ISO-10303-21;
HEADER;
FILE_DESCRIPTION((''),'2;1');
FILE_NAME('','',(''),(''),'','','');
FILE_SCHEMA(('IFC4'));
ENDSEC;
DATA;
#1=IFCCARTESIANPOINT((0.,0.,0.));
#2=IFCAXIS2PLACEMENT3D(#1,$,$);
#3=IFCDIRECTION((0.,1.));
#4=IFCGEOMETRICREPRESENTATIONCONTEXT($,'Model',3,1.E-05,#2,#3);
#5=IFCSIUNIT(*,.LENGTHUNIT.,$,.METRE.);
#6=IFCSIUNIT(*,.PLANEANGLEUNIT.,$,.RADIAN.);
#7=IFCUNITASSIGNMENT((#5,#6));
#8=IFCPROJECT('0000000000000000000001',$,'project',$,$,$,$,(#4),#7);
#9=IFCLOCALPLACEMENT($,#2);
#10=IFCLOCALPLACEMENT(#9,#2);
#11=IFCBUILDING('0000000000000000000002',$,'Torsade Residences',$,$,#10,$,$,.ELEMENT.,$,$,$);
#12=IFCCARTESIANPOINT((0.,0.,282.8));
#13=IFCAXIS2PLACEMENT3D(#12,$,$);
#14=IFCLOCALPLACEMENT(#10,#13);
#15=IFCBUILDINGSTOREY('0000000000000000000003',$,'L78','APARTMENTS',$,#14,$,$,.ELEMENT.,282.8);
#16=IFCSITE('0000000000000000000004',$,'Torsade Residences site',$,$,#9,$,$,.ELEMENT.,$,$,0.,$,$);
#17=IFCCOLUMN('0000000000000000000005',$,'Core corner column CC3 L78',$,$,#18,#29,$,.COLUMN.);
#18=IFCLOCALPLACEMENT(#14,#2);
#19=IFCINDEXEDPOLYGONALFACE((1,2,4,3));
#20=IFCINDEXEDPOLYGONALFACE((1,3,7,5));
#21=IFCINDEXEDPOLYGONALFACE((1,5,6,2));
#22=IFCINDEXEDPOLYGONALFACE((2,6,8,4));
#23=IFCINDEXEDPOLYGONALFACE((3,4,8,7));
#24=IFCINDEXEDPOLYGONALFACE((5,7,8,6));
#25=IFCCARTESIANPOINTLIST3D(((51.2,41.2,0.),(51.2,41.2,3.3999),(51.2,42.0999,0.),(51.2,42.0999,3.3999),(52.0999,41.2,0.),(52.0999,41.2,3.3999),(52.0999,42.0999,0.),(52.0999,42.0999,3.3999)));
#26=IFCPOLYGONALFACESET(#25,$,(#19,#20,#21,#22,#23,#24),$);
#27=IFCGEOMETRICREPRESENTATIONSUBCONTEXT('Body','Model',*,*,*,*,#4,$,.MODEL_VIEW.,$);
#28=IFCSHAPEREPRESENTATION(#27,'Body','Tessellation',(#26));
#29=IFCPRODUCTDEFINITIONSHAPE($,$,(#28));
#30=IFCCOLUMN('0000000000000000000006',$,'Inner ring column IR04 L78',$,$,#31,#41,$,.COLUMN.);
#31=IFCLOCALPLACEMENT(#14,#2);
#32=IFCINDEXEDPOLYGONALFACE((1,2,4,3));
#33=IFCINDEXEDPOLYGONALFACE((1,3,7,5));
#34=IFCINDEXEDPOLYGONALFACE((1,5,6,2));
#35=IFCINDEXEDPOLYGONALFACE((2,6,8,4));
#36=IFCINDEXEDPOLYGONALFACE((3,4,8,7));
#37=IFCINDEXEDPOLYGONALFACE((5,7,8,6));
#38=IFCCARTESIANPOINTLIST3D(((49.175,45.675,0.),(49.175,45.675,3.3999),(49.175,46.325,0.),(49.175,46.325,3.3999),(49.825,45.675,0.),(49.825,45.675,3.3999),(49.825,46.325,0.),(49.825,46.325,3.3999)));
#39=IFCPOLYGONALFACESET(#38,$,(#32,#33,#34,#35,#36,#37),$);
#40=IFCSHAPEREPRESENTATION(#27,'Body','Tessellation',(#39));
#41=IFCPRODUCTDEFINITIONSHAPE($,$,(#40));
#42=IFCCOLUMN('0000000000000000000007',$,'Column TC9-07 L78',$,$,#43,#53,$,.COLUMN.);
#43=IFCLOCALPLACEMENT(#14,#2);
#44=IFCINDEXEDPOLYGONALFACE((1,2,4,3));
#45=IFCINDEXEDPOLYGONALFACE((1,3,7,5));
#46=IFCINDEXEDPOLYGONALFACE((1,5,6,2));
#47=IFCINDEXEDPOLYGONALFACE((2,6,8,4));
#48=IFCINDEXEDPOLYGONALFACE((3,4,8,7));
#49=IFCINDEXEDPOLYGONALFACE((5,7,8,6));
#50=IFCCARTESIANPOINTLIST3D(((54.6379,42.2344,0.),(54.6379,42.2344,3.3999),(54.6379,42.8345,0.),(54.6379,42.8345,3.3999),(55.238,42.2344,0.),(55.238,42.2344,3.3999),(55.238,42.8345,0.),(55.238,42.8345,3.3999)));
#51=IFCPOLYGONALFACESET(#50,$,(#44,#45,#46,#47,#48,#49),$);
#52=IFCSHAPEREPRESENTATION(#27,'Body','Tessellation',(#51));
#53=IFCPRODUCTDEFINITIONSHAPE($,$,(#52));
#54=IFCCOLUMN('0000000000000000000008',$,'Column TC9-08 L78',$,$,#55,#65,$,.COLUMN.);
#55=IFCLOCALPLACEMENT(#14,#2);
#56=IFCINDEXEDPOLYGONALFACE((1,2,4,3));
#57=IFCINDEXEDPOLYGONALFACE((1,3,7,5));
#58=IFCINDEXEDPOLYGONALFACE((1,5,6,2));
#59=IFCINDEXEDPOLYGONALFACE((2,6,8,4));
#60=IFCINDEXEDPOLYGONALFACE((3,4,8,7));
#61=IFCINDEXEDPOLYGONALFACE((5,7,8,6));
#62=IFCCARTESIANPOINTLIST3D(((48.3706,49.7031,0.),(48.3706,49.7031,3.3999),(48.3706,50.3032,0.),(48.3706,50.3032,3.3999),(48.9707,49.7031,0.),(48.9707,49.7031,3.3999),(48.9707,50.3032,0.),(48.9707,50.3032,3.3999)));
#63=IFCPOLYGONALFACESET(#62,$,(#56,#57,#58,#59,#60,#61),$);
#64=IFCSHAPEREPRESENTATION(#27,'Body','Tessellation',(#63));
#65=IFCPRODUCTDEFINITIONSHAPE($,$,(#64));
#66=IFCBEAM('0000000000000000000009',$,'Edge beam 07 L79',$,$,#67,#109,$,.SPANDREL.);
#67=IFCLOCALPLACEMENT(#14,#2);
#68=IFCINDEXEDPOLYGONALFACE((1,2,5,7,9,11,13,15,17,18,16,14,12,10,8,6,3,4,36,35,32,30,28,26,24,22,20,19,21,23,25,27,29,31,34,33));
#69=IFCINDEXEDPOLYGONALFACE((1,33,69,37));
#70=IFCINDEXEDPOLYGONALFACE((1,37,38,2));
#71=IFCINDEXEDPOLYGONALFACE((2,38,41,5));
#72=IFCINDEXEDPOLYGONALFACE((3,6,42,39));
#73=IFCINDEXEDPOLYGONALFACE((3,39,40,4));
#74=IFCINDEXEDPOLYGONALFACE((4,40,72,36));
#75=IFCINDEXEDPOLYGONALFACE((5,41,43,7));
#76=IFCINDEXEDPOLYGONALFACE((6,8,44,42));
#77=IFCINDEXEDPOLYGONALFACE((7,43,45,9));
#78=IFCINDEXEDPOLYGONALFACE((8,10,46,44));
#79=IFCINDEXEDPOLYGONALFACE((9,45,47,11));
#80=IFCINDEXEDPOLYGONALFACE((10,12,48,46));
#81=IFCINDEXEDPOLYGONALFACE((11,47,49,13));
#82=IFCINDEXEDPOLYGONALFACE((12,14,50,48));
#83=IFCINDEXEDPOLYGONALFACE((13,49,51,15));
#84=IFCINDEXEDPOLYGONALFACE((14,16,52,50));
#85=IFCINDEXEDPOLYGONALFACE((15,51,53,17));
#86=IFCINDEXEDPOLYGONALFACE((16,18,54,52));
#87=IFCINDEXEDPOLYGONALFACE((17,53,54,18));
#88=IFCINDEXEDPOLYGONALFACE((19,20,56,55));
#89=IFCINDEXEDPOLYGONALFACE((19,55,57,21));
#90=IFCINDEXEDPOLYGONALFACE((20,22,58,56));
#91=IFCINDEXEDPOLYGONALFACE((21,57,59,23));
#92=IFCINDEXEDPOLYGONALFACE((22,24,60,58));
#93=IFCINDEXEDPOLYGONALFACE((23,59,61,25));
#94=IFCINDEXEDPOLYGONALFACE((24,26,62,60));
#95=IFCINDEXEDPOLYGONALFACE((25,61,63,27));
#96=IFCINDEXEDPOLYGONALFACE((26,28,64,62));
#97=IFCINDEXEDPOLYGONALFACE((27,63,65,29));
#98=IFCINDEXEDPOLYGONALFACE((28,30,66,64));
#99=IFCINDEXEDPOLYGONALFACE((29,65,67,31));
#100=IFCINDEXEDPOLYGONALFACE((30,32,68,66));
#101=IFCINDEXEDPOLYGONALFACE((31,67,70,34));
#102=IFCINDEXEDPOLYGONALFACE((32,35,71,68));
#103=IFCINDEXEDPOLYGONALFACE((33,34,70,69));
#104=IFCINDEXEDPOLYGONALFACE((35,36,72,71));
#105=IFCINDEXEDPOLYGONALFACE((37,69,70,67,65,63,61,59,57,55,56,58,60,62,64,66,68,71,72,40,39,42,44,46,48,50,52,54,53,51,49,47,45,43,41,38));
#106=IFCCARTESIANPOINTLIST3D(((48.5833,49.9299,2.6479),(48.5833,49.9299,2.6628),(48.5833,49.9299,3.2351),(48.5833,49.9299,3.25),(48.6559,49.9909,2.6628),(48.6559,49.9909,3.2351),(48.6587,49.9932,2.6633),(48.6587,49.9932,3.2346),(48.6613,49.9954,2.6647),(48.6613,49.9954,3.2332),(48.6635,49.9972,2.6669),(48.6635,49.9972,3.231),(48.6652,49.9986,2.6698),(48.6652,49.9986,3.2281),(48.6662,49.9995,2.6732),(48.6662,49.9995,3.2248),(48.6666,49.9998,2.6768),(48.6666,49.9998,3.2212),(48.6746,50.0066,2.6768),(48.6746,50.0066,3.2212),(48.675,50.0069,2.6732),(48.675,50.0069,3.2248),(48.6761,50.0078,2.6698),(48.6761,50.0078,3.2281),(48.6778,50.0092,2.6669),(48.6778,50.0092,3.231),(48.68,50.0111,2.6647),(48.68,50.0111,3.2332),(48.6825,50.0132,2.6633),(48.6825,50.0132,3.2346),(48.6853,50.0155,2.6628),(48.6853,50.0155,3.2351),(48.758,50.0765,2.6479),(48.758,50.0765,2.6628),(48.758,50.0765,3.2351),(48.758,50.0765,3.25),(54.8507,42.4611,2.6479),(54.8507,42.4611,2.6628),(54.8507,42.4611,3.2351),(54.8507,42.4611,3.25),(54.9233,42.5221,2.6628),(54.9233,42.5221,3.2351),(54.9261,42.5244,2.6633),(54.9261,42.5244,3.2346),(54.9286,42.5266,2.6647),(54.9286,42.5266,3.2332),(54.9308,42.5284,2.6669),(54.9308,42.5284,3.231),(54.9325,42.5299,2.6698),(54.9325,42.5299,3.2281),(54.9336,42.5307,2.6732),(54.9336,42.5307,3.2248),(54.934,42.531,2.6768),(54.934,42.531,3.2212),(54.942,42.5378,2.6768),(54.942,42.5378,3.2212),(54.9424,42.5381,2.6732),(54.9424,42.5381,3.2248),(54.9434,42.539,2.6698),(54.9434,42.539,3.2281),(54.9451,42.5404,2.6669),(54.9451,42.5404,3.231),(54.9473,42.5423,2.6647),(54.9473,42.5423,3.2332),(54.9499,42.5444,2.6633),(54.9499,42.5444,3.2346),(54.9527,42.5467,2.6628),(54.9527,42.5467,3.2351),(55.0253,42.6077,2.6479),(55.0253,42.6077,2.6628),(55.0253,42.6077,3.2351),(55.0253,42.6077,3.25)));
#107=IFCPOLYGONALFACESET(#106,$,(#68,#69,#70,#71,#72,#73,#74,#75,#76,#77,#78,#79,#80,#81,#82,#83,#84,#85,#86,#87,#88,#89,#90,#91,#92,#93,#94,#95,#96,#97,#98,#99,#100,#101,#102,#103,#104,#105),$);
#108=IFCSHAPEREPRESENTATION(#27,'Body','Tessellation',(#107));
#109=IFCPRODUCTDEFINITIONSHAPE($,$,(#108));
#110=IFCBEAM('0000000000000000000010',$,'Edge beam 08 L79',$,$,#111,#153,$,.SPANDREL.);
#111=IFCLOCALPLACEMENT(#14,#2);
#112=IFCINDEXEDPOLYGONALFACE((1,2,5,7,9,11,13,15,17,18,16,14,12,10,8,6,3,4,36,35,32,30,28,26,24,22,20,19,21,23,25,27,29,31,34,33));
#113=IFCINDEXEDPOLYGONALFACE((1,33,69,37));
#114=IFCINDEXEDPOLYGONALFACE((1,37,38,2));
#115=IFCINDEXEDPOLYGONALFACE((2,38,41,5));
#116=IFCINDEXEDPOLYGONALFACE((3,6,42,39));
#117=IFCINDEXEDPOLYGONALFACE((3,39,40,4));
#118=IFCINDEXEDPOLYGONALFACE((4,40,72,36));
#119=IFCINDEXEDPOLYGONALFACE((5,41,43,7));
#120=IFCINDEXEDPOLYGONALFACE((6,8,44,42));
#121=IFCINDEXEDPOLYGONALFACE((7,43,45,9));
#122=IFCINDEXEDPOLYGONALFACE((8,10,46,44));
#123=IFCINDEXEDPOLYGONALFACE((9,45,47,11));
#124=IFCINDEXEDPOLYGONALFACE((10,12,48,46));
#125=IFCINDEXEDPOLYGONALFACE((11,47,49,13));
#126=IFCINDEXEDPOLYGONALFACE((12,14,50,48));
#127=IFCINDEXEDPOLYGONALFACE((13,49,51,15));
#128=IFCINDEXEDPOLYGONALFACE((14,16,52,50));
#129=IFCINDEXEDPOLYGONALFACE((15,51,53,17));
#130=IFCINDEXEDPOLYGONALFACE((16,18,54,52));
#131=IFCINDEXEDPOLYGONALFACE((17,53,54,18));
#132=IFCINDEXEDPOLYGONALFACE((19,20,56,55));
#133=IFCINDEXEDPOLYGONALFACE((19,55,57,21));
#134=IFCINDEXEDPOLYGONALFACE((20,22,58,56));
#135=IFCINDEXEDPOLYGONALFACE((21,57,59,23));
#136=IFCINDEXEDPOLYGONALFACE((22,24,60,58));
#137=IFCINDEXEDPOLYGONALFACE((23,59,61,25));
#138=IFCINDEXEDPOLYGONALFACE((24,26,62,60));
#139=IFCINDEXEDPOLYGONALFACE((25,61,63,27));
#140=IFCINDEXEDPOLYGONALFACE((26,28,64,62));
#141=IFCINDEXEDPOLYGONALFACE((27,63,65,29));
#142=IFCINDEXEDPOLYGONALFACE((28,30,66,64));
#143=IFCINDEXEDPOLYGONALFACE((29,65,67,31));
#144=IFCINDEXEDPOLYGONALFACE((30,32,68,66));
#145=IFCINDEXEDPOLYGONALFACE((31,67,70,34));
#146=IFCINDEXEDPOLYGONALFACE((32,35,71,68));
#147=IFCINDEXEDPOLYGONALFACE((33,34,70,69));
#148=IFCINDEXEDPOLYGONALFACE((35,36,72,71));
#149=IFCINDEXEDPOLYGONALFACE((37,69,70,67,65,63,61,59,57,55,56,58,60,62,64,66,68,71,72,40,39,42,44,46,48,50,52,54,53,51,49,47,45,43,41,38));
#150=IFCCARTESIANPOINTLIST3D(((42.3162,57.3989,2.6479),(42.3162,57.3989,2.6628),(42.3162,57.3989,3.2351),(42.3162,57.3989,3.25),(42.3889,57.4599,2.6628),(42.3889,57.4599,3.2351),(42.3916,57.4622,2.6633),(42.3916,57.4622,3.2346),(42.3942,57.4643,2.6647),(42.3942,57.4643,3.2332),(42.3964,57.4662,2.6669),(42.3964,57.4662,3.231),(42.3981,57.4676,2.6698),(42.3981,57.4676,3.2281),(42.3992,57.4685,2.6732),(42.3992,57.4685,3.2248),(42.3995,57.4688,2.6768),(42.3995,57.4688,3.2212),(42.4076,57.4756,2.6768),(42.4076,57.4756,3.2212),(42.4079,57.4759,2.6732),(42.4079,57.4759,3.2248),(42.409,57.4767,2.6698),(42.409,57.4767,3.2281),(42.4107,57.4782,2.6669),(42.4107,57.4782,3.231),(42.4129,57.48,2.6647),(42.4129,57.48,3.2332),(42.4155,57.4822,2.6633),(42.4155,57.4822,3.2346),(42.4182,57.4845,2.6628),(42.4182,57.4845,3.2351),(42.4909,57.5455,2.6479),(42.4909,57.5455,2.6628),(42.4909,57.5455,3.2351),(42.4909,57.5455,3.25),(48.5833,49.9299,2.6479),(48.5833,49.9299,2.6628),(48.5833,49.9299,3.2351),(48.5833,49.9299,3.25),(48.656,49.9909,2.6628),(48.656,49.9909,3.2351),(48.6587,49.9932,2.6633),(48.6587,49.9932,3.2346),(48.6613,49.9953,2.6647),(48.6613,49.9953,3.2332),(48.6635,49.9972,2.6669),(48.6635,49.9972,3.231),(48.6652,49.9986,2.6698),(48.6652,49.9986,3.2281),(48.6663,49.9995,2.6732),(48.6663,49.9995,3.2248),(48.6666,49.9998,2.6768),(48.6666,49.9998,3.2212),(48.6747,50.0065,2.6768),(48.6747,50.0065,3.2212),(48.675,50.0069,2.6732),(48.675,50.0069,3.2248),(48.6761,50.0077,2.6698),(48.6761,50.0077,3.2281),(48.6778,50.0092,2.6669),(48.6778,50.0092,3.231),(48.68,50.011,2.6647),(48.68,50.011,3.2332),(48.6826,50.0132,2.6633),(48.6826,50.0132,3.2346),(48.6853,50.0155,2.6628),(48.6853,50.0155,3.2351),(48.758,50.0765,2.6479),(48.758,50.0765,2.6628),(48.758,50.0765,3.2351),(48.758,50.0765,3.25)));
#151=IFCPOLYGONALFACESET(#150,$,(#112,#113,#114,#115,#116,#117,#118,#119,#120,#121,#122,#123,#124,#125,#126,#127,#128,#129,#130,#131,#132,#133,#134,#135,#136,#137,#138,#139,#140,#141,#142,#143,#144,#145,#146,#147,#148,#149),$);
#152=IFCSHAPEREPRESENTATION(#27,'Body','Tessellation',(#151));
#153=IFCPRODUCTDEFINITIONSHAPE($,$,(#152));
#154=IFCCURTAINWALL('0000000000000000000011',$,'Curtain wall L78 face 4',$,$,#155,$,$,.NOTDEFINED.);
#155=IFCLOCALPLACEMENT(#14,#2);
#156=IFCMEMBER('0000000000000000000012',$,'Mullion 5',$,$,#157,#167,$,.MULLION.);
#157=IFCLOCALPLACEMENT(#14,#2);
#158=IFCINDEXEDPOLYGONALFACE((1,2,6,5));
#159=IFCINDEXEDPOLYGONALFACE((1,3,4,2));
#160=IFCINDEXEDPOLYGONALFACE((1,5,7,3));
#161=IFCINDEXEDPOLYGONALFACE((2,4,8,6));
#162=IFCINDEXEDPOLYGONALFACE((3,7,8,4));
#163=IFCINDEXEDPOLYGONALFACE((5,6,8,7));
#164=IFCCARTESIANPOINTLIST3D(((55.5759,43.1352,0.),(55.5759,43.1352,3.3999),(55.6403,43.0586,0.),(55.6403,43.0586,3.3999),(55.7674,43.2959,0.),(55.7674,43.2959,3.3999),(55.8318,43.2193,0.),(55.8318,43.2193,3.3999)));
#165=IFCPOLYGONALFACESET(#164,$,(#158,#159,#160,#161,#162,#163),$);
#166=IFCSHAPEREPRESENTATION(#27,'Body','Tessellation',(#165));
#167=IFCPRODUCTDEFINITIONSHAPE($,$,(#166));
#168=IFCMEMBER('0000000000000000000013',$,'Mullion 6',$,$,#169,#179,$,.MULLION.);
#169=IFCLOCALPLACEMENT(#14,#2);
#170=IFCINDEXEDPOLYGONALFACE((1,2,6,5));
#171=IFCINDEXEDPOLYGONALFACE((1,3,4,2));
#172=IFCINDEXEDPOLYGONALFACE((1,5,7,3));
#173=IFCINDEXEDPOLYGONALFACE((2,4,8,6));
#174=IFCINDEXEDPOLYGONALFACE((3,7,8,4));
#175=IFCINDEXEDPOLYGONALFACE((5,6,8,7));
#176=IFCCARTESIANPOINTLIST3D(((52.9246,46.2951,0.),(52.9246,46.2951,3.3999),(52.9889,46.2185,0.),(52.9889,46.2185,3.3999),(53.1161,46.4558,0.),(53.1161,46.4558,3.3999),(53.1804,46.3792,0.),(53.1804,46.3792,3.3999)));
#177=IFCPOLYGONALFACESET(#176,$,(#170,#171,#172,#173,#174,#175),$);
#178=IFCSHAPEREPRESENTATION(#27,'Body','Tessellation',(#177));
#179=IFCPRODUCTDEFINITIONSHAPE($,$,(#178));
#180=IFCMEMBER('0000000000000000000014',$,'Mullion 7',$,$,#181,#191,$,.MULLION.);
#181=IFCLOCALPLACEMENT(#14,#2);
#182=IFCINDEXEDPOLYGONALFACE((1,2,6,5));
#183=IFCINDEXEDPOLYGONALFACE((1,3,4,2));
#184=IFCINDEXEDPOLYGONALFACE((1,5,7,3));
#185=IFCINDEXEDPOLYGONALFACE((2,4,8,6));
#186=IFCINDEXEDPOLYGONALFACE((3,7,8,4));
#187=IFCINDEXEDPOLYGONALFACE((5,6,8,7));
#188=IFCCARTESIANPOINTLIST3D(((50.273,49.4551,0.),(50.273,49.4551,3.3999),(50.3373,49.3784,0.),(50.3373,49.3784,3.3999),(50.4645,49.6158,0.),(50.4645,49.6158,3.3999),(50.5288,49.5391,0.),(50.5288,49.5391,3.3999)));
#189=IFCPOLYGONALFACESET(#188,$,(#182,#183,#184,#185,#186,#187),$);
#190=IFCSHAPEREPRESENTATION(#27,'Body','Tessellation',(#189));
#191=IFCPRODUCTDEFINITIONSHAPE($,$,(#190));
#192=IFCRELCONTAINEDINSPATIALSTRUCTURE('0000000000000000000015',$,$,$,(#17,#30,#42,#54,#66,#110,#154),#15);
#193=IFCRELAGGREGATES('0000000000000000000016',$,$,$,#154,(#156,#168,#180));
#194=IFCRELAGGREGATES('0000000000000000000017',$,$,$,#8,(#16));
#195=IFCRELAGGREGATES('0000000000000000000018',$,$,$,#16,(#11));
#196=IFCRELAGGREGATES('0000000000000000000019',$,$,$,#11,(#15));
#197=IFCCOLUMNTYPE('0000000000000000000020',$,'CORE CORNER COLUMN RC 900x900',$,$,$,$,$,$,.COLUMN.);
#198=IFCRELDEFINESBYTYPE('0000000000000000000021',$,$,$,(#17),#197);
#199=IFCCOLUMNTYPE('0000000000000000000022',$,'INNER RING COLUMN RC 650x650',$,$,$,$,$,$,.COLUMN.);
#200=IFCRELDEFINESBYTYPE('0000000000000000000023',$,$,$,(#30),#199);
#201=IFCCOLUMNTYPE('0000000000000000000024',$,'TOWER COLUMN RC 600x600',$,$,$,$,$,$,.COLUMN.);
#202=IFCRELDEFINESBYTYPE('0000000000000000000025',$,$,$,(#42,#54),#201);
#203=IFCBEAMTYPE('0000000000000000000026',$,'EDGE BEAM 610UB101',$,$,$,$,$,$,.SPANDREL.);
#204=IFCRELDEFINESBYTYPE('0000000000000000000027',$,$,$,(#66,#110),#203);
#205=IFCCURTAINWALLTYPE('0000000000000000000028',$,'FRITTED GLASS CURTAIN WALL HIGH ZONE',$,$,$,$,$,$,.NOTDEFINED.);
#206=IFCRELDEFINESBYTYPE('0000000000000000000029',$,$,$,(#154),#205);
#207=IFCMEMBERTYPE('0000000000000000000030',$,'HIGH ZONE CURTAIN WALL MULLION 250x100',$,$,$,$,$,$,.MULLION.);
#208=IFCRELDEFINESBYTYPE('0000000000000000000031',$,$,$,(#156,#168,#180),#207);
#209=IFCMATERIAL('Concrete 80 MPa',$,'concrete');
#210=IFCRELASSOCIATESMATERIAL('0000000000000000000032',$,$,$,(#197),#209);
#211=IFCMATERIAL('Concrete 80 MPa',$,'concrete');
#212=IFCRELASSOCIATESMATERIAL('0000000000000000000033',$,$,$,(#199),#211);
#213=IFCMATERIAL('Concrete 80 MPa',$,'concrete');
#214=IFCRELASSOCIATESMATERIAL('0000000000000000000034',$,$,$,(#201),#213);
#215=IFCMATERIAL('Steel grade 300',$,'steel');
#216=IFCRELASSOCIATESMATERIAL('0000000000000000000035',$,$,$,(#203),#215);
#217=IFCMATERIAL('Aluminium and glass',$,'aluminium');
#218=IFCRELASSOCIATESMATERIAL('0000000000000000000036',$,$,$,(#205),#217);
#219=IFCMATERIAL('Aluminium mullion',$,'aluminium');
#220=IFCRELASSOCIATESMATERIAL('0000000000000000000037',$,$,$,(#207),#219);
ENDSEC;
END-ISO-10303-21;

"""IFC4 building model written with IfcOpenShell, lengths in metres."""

from ifc_helpers import new_model, si_unit, direction, frame, origin, origin_2d, place, context, subcontext, project, spatial, rectangle, i_section, extrude, material, material_profile, profile_set, type_object, element, aggregate, save


model = new_model("IFC4")

# Units and contexts
model_context = context("Model", 3, precision=1e-05, world=origin(), true_north=direction((0.0, 1.0)))
body_context = subcontext(model_context, "Body", "Model", "MODEL_VIEW")
ifc_project = project(units=[si_unit("LENGTHUNIT", "METRE"), si_unit("PLANEANGLEUNIT", "RADIAN")], contexts=[model_context])

# Site, building, storey
site_placement = place(None, origin())
site = spatial("IfcSite", under=ifc_project, at=site_placement, Name="Torsade Residences site", CompositionType="ELEMENT", RefElevation=0.0)
building_placement = place(site_placement, origin())
building = spatial("IfcBuilding", under=site, at=building_placement, Name="Torsade Residences", CompositionType="ELEMENT")
storey_placement = place(building_placement, frame((0.0, 0.0, 282.8)))
storey = spatial("IfcBuildingStorey", under=building, at=storey_placement, Name="L78", Description="APARTMENTS", CompositionType="ELEMENT", Elevation=282.8)

# Columns
ifc_material_1 = material(Name="Concrete 80 MPa", Category="concrete")
ifc_material_profile_1 = material_profile(ifc_material_1, rectangle(XDim=0.8999, YDim=0.8999, at=origin_2d()), Name="RC 900x900")
ifc_profile_set_1 = profile_set([ifc_material_profile_1], Name="Concrete 80 MPa")
column_type_1 = type_object("IfcColumnType", Name="CORE CORNER COLUMN RC 900x900", PredefinedType="COLUMN", material=ifc_profile_set_1)
column_1_placement = place(storey_placement, frame((51.6499, 41.6499, 0.0), z_axis=(0.0, 0.0, 1.0), x_axis=(1.0, 0.0, 0.0)))
element("IfcColumn", 1, at=column_1_placement, inside=storey, type_object=column_type_1, Name="Core corner column CC3 L78", PredefinedType="COLUMN", context=body_context, shape_type="SweptSolid", body=[
    extrude(rectangle(XDim=0.8999, YDim=0.8999, at=origin_2d()), origin(), (0.0, 0.0, 1.0), 3.3999),
])
ifc_material_2 = material(Name="Concrete 80 MPa", Category="concrete")
ifc_material_profile_2 = material_profile(ifc_material_2, rectangle(XDim=0.6499, YDim=0.6499, at=origin_2d()), Name="RC 650x650")
ifc_profile_set_2 = profile_set([ifc_material_profile_2], Name="Concrete 80 MPa")
column_type_2 = type_object("IfcColumnType", Name="INNER RING COLUMN RC 650x650", PredefinedType="COLUMN", material=ifc_profile_set_2)
column_2_placement = place(storey_placement, frame((49.5, 46.0, 0.0), z_axis=(0.0, 0.0, 1.0), x_axis=(1.0, 0.0, 0.0)))
element("IfcColumn", 2, at=column_2_placement, inside=storey, type_object=column_type_2, Name="Inner ring column IR04 L78", PredefinedType="COLUMN", context=body_context, shape_type="SweptSolid", body=[
    extrude(rectangle(XDim=0.6499, YDim=0.6499, at=origin_2d()), origin(), (0.0, 0.0, 1.0), 3.3999),
])
ifc_material_3 = material(Name="Concrete 80 MPa", Category="concrete")
ifc_material_profile_3 = material_profile(ifc_material_3, rectangle(XDim=0.6001, YDim=0.6001, at=origin_2d()), Name="RC 600x600")
ifc_profile_set_3 = profile_set([ifc_material_profile_3], Name="Concrete 80 MPa")
column_type_3 = type_object("IfcColumnType", Name="TOWER COLUMN RC 600x600", PredefinedType="COLUMN", material=ifc_profile_set_3)
for number, where, z_axis, x_axis, name in (
    (3, (54.938, 42.5344, 0.0), (0.0, 0.0, 1.0), (1.0, 0.0, 0.0), "Column TC9-07 L78"),
    (4, (48.6707, 50.0032, 0.0), (0.0, 0.0, 1.0), (1.0, 0.0, 0.0), "Column TC9-08 L78"),
):
    element("IfcColumn", number, at=place(storey_placement, frame(where, z_axis=z_axis, x_axis=x_axis)), inside=storey, type_object=column_type_3, Name=name, PredefinedType="COLUMN", context=body_context, shape_type="SweptSolid", body=[
        extrude(rectangle(XDim=0.6001, YDim=0.6001, at=origin_2d()), origin(), (0.0, 0.0, 1.0), 3.3999),
    ])

# Beams
ifc_material_4 = material(Name="Steel grade 300", Category="steel")
ifc_material_profile_4 = material_profile(ifc_material_4, i_section(OverallWidth=0.228, OverallDepth=0.6021, WebThickness=0.0105, FlangeThickness=0.0149, FilletRadius=0.0139, at=origin_2d()), Name="610UB101")
ifc_profile_set_4 = profile_set([ifc_material_profile_4], Name="Steel grade 300")
beam_type_1 = type_object("IfcBeamType", Name="EDGE BEAM 610UB101", PredefinedType="SPANDREL", material=ifc_profile_set_4)
for number, where, z_axis, x_axis, name in (
    (5, (54.938, 42.5344, 2.949), (-0.642806, 0.766029, 0.0), (-0.766029, -0.642806, 0.0), "Edge beam 07 L79"),
    (6, (48.6707, 50.0032, 2.949), (-0.642779, 0.766052, 0.0), (-0.766052, -0.642779, 0.0), "Edge beam 08 L79"),
):
    element("IfcBeam", number, at=place(storey_placement, frame(where, z_axis=z_axis, x_axis=x_axis)), inside=storey, type_object=beam_type_1, Name=name, PredefinedType="SPANDREL", context=body_context, shape_type="SweptSolid", body=[
        extrude(i_section(OverallWidth=0.228, OverallDepth=0.6021, WebThickness=0.0105, FlangeThickness=0.0149, FilletRadius=0.0139, at=origin_2d()), origin(), (0.0, 0.0, 1.0), 9.75),
    ])

# Curtain wall, members
ifc_material_5 = material(Name="Aluminium and glass", Category="aluminium")
curtain_wall_type = type_object("IfcCurtainWallType", Name="FRITTED GLASS CURTAIN WALL HIGH ZONE", PredefinedType="NOTDEFINED", material=ifc_material_5)
curtain_wall_placement = place(storey_placement, origin())
curtain_wall = element("IfcCurtainWall", 7, at=curtain_wall_placement, inside=storey, type_object=curtain_wall_type, Name="Curtain wall L78 face 4", PredefinedType="NOTDEFINED")
ifc_material_6 = material(Name="Aluminium mullion", Category="aluminium")
ifc_material_profile_5 = material_profile(ifc_material_6, rectangle(XDim=0.25, YDim=0.1001, at=origin_2d()), Name="HIGH ZONE CURTAIN WALL MULLION 250x100")
ifc_profile_set_5 = profile_set([ifc_material_profile_5], Name="Aluminium mullion")
member_type_1 = type_object("IfcMemberType", Name="HIGH ZONE CURTAIN WALL MULLION 250x100", PredefinedType="MULLION", material=ifc_profile_set_5)
member_1_placement = place(storey_placement, frame((55.7039, 43.1772, 0.0), z_axis=(0.0, 0.0, 1.0), x_axis=(-0.766044, -0.642788, 0.0)))
member_1 = element("IfcMember", 8, at=member_1_placement, type_object=member_type_1, Name="Mullion 5", PredefinedType="MULLION", context=body_context, shape_type="SweptSolid", body=[
    extrude(rectangle(XDim=0.25, YDim=0.1001, at=origin_2d()), origin(), (0.0, 0.0, 1.0), 3.3999),
])
member_2_placement = place(storey_placement, frame((53.0525, 46.3372, 0.0), z_axis=(0.0, 0.0, 1.0), x_axis=(-0.766044, -0.642788, 0.0)))
member_2 = element("IfcMember", 9, at=member_2_placement, type_object=member_type_1, Name="Mullion 6", PredefinedType="MULLION", context=body_context, shape_type="SweptSolid", body=[
    extrude(rectangle(XDim=0.25, YDim=0.1001, at=origin_2d()), origin(), (0.0, 0.0, 1.0), 3.3999),
])
member_3_placement = place(storey_placement, frame((50.4009, 49.4971, 0.0), z_axis=(0.0, 0.0, 1.0), x_axis=(-0.766044, -0.642788, 0.0)))
member_3 = element("IfcMember", 10, at=member_3_placement, type_object=member_type_1, Name="Mullion 7", PredefinedType="MULLION", context=body_context, shape_type="SweptSolid", body=[
    extrude(rectangle(XDim=0.25, YDim=0.1001, at=origin_2d()), origin(), (0.0, 0.0, 1.0), 3.3999),
])

aggregate(curtain_wall, [member_1, member_2, member_3])

save(model, "model.ifc")
